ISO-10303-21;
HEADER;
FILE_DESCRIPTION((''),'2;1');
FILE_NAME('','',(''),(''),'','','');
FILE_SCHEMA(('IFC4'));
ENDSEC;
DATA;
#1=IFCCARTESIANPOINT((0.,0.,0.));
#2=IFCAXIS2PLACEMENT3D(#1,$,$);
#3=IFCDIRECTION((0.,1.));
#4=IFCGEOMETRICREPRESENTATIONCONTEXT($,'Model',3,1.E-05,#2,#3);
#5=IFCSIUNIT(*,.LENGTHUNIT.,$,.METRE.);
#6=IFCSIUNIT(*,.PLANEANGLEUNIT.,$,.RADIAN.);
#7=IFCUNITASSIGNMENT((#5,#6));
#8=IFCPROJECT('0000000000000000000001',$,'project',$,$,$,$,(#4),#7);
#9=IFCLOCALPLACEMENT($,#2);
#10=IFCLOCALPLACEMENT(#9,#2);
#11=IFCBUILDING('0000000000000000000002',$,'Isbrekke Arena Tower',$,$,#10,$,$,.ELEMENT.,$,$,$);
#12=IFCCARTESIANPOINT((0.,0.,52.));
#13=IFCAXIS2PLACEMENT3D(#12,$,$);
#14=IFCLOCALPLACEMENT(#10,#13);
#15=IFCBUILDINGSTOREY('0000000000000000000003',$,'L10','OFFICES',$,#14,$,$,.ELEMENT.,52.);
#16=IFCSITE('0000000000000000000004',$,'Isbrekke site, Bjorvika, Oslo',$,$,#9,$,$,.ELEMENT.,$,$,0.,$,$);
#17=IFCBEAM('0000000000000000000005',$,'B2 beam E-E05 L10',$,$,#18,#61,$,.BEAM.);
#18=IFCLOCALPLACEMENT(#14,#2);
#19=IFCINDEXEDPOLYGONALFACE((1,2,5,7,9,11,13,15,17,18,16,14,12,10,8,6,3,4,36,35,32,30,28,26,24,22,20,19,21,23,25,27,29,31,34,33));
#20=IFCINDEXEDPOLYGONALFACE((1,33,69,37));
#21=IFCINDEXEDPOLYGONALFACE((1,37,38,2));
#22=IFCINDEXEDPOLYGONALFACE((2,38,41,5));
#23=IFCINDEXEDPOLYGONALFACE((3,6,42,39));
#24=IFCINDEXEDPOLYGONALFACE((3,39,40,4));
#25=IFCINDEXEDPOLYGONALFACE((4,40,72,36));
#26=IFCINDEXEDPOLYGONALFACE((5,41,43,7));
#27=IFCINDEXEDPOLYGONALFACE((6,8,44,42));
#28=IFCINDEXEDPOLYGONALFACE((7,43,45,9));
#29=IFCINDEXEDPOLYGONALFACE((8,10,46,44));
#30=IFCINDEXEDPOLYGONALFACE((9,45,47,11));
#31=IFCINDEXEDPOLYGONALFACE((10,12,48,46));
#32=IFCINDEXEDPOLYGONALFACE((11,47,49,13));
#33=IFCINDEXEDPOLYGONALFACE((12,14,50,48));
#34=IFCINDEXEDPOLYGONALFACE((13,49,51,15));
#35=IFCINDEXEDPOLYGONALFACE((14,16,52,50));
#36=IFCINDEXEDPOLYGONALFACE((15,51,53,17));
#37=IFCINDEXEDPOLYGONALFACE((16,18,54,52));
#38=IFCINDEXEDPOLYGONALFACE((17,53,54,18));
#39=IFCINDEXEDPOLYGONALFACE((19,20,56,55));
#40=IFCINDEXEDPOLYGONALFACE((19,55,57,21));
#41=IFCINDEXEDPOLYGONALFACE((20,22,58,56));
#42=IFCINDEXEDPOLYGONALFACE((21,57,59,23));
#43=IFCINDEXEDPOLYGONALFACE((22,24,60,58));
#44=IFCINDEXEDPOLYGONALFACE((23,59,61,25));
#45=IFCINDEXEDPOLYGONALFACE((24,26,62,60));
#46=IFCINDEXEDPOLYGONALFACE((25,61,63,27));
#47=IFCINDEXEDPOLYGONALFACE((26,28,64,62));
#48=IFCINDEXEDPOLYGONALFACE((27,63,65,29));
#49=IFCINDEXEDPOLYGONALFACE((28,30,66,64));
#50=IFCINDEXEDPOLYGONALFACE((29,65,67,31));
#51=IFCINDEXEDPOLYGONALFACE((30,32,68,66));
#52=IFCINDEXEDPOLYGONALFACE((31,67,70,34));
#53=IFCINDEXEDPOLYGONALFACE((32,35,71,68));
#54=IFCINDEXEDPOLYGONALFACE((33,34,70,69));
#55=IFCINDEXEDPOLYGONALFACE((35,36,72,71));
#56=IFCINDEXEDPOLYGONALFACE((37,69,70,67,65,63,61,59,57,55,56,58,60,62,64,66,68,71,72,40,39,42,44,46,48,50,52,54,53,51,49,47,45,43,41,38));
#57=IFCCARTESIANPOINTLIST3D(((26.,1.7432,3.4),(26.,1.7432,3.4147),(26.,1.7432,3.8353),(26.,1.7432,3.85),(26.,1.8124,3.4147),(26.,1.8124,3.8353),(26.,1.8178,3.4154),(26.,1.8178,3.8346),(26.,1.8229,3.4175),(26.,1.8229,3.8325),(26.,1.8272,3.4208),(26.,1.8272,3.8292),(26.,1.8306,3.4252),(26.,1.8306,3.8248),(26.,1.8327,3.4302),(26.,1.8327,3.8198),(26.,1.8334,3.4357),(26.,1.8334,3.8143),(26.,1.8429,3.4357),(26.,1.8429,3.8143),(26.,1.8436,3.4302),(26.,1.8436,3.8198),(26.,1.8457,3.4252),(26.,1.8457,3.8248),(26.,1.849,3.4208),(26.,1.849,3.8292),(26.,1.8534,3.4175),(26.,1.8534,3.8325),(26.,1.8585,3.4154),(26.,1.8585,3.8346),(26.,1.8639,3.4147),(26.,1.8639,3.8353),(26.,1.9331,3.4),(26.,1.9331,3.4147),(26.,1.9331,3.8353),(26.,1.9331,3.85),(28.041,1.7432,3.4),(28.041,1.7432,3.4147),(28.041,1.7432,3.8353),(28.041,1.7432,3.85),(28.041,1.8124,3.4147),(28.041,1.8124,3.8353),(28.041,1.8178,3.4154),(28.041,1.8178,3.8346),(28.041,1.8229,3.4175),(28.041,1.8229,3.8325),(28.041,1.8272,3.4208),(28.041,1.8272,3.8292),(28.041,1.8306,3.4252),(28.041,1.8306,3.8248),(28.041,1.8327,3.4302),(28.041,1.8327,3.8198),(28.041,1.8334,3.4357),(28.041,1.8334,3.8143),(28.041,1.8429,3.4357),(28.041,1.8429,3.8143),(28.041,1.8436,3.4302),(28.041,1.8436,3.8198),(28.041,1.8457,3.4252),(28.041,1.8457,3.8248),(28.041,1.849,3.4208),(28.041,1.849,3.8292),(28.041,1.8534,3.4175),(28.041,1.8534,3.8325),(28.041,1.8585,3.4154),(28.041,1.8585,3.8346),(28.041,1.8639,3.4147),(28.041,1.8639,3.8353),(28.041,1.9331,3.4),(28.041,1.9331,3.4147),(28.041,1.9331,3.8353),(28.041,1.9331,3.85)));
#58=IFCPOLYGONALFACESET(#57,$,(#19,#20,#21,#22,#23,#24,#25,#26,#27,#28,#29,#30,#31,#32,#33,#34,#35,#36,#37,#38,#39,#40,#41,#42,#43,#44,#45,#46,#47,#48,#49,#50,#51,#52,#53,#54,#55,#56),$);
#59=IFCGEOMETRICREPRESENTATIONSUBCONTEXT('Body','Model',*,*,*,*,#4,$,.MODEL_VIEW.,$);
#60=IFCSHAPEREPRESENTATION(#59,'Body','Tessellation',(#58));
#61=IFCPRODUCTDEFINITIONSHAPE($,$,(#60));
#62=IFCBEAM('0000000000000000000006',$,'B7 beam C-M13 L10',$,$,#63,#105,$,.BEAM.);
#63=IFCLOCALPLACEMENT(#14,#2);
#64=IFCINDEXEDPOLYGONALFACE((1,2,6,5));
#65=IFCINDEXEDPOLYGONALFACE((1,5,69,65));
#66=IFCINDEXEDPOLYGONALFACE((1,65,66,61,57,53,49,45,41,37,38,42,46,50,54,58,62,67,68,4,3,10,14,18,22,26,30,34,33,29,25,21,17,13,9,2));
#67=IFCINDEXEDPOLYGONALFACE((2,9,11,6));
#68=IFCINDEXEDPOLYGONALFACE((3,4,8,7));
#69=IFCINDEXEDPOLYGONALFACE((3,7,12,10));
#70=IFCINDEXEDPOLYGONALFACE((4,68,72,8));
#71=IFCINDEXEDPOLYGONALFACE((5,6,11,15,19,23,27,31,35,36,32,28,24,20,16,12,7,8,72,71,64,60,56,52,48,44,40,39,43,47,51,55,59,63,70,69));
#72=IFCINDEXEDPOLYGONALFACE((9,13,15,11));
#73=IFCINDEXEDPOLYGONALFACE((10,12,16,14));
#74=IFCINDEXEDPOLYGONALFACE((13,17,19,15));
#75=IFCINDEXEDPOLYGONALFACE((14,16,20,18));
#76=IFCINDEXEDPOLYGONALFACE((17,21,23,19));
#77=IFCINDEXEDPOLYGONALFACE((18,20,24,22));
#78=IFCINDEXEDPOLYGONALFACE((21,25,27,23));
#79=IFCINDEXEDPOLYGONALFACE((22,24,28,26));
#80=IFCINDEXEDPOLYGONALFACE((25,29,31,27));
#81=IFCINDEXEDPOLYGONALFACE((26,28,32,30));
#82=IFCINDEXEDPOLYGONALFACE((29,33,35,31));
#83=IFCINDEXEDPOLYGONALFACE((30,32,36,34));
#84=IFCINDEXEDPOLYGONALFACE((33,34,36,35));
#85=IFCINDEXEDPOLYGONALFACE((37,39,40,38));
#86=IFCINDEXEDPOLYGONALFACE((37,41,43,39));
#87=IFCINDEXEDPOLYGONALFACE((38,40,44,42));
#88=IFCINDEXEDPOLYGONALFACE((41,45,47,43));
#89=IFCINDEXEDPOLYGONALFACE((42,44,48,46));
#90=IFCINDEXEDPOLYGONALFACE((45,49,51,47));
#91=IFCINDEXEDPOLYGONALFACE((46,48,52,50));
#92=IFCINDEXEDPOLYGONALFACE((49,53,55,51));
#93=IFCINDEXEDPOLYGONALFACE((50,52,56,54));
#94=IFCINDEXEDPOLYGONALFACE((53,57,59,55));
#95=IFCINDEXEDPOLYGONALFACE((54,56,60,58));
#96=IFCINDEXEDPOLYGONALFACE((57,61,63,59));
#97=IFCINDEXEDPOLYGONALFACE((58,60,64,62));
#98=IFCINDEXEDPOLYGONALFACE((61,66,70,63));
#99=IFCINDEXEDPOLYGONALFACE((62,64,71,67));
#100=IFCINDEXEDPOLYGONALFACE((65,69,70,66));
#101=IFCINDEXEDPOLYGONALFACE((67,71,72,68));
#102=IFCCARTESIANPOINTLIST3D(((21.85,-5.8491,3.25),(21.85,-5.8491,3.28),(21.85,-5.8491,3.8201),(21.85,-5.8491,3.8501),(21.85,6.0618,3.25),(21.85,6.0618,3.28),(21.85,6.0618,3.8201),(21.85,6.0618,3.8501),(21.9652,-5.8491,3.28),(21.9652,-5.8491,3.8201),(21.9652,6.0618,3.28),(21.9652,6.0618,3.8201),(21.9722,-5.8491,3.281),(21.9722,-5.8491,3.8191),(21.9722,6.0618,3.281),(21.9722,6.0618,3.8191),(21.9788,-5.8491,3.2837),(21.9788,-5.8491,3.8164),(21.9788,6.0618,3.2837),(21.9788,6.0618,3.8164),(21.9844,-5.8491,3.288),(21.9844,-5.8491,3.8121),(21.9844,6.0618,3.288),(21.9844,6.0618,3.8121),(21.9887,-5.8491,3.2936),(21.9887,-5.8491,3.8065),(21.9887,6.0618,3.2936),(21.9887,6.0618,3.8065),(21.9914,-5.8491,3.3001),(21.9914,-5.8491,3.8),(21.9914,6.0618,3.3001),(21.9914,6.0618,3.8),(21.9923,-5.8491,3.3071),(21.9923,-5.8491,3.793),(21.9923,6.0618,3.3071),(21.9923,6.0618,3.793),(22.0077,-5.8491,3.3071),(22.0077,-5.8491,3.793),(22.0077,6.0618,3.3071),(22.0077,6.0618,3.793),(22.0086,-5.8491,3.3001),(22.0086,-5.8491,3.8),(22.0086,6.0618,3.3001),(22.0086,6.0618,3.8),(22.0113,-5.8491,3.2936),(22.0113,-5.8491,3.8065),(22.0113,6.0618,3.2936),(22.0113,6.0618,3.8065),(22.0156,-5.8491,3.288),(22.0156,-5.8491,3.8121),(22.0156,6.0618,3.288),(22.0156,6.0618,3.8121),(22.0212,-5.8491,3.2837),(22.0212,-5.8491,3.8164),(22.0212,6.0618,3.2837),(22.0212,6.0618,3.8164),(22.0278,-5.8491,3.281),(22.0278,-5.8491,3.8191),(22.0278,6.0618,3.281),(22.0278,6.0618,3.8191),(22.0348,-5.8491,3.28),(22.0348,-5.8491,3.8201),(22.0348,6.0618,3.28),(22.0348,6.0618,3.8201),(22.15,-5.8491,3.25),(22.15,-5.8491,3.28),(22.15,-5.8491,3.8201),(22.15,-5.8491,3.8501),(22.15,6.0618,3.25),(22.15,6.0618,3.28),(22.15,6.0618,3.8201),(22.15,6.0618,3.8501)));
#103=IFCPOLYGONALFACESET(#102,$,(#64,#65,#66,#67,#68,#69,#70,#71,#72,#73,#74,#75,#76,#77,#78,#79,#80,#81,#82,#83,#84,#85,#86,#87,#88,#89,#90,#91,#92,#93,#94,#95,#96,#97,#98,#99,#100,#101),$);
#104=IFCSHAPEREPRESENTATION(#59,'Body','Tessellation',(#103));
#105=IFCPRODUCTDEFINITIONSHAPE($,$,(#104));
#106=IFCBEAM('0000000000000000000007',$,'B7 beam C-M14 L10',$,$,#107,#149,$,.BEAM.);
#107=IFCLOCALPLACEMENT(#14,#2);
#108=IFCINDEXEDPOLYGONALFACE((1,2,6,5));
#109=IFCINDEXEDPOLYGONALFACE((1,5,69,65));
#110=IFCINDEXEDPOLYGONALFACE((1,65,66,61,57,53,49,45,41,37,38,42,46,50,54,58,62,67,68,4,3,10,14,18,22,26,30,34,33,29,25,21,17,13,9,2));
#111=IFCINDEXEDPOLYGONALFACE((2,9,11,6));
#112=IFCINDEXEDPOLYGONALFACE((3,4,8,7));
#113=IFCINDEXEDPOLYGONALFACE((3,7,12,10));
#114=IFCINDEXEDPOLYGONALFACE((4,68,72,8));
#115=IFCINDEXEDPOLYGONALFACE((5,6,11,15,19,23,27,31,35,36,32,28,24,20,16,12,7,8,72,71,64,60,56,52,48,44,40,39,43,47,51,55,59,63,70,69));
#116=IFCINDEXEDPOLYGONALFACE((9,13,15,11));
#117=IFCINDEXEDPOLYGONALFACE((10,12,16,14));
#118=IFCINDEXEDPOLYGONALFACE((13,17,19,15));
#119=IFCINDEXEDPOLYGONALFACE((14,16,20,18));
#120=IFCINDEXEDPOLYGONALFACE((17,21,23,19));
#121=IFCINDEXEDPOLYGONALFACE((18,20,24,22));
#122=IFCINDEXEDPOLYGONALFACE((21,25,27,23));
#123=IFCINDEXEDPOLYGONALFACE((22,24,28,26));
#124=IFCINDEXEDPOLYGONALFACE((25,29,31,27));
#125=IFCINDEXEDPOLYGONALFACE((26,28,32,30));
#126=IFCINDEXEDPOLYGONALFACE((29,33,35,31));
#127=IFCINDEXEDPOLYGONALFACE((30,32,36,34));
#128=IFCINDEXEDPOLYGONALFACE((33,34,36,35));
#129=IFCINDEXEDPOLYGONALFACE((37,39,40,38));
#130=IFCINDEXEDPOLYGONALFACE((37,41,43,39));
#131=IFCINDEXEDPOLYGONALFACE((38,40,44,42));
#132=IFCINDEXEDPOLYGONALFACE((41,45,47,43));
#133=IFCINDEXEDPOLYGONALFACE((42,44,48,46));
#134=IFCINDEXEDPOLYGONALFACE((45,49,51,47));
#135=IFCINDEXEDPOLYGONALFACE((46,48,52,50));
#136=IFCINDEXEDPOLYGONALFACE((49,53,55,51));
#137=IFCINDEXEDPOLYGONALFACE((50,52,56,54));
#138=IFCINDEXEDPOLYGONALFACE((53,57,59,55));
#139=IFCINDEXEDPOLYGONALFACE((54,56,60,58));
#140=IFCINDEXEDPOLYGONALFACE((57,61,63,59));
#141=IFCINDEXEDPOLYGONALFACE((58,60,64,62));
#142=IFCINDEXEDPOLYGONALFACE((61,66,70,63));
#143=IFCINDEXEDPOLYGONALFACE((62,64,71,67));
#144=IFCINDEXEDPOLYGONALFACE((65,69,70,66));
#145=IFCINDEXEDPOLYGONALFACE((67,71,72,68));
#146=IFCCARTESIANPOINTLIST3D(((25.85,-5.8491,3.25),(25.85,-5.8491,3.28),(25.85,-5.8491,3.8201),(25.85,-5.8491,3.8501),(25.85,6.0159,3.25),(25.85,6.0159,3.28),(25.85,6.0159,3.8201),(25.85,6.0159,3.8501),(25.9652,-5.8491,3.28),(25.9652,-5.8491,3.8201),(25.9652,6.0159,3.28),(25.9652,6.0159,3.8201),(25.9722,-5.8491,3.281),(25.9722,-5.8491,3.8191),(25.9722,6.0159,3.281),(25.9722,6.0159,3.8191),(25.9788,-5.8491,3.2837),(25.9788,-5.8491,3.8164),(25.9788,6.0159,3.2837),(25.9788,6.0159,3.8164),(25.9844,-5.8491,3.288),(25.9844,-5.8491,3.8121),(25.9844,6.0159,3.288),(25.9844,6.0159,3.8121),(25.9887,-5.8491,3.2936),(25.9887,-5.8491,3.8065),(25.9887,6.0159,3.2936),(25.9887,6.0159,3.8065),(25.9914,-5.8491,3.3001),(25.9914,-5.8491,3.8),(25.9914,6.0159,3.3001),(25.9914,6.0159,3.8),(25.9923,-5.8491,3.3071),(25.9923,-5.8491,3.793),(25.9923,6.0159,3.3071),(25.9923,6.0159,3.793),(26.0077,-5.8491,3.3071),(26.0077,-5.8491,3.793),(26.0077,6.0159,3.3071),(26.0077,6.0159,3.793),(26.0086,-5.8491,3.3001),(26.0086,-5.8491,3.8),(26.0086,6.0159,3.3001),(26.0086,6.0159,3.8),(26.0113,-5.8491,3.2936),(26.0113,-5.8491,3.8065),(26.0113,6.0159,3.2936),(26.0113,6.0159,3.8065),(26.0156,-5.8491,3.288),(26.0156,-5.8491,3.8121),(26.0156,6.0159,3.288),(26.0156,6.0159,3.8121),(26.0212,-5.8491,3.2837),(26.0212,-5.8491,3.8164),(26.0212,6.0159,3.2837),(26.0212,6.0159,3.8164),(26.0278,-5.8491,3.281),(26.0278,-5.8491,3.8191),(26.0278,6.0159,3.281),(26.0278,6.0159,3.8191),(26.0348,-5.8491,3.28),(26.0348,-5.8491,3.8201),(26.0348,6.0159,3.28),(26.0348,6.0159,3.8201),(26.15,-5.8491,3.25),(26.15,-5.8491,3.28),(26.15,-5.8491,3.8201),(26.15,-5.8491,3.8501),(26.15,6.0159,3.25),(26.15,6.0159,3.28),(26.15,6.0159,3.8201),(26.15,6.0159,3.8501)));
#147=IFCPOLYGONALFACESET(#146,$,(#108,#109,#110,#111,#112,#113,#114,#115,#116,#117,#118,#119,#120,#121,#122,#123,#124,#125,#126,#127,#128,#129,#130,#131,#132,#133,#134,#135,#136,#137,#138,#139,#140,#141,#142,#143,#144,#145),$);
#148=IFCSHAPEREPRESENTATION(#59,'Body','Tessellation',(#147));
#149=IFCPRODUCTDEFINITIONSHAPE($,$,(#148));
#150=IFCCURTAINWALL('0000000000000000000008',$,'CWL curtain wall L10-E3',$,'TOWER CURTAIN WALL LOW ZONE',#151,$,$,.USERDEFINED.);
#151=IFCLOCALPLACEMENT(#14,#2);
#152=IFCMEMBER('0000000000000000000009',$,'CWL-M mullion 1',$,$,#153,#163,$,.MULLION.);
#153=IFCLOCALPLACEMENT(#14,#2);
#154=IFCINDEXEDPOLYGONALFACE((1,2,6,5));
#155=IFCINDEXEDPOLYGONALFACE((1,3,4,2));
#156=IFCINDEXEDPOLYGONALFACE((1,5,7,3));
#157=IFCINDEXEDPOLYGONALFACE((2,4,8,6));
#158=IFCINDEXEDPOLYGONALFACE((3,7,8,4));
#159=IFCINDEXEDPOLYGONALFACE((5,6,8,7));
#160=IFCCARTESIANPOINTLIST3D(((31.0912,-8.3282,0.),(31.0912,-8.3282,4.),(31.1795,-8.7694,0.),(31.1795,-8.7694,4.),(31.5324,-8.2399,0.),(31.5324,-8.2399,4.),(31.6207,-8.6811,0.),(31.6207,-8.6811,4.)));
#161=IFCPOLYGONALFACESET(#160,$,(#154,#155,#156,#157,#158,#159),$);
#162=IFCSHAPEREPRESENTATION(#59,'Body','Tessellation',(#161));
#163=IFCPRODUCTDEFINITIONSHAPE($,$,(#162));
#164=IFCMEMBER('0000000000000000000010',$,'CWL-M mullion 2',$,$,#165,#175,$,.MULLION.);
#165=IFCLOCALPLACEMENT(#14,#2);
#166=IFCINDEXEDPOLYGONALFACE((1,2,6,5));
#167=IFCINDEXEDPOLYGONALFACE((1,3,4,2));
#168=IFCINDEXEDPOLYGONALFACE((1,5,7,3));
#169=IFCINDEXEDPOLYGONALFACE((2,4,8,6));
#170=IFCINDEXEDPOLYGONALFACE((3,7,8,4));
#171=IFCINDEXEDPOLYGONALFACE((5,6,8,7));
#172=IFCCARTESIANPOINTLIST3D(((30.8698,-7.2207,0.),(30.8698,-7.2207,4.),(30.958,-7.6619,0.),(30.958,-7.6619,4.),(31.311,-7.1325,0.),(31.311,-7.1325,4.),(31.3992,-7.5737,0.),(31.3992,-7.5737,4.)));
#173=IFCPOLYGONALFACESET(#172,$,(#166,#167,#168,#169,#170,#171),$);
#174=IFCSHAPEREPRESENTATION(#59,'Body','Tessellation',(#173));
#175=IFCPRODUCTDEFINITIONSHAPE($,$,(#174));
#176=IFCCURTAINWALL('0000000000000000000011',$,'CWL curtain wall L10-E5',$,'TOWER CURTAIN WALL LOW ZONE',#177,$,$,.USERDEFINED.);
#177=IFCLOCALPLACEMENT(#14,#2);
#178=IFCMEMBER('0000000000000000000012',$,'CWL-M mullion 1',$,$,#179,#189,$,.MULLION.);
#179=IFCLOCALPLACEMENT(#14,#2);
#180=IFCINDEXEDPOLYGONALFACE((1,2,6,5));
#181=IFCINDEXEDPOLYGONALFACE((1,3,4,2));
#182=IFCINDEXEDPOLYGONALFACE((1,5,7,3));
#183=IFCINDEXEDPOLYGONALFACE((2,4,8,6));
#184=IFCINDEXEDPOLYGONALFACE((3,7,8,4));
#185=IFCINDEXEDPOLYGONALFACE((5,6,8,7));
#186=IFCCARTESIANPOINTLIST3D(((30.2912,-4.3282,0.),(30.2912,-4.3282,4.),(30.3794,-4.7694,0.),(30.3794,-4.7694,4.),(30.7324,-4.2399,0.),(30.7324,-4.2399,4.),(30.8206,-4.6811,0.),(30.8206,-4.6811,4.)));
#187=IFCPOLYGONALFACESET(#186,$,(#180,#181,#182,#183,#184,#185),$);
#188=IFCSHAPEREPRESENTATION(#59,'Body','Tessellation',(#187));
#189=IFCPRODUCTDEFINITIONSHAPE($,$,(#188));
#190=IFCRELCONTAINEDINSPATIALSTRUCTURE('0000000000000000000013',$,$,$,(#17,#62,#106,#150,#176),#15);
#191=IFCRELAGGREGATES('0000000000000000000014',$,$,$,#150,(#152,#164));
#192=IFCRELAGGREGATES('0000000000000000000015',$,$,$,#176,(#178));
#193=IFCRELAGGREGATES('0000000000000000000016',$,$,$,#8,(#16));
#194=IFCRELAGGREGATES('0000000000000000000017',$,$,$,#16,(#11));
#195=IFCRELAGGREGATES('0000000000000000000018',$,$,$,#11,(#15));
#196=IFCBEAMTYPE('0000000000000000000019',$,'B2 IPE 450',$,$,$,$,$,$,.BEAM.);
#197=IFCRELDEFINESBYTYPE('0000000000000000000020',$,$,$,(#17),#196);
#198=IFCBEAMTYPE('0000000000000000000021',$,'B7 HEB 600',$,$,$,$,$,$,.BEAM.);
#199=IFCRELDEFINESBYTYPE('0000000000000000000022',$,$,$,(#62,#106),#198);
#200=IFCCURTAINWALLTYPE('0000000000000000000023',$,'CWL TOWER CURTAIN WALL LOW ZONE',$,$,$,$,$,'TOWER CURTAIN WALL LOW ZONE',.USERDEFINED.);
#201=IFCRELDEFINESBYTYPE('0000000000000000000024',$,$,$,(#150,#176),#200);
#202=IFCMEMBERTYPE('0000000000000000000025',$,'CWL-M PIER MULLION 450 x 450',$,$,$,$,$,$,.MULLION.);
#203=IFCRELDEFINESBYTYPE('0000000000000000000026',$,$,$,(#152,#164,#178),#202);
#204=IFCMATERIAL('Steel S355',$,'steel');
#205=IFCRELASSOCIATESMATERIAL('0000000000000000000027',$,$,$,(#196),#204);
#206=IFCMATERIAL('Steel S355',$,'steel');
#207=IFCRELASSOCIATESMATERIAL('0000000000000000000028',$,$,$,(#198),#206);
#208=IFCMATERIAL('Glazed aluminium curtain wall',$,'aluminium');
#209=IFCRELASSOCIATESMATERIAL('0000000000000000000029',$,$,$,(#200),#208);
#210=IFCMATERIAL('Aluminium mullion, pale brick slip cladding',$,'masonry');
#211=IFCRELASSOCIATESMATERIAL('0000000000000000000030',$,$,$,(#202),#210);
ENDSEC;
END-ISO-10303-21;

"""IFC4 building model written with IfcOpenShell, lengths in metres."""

from ifc_helpers import new_model, si_unit, direction, frame, origin, origin_2d, place, context, subcontext, project, spatial, rectangle, i_section, extrude, material, material_profile, profile_set, type_object, element, aggregate, save


model = new_model("IFC4")

# Units and contexts
model_context = context("Model", 3, precision=1e-05, world=origin(), true_north=direction((0.0, 1.0)))
body_context = subcontext(model_context, "Body", "Model", "MODEL_VIEW")
ifc_project = project(units=[si_unit("LENGTHUNIT", "METRE"), si_unit("PLANEANGLEUNIT", "RADIAN")], contexts=[model_context])

# Site, building, storey
site_placement = place(None, origin())
site = spatial("IfcSite", under=ifc_project, at=site_placement, Name="Isbrekke site, Bjorvika, Oslo", CompositionType="ELEMENT", RefElevation=0.0)
building_placement = place(site_placement, origin())
building = spatial("IfcBuilding", under=site, at=building_placement, Name="Isbrekke Arena Tower", CompositionType="ELEMENT")
storey_placement = place(building_placement, frame((0.0, 0.0, 52.0)))
storey = spatial("IfcBuildingStorey", under=building, at=storey_placement, Name="L10", Description="OFFICES", CompositionType="ELEMENT", Elevation=52.0)

# Beams
ifc_material_1 = material(Name="Steel S355", Category="steel")
ifc_material_profile_1 = material_profile(ifc_material_1, i_section(OverallWidth=0.1899, OverallDepth=0.45, WebThickness=0.0095, FlangeThickness=0.0146, FilletRadius=0.021, at=origin_2d()), Name="IPE 450")
ifc_profile_set_1 = profile_set([ifc_material_profile_1], Name="Steel S355")
beam_type_1 = type_object("IfcBeamType", Name="B2 IPE 450", PredefinedType="BEAM", material=ifc_profile_set_1)
beam_1_placement = place(storey_placement, frame((28.041, 1.8381, 3.625), z_axis=(-1.0, 0.0, 0.0), x_axis=(0.0, -1.0, 0.0)))
element("IfcBeam", 1, at=beam_1_placement, inside=storey, type_object=beam_type_1, Name="B2 beam E-E05 L10", PredefinedType="BEAM", context=body_context, shape_type="SweptSolid", body=[
    extrude(i_section(OverallWidth=0.1899, OverallDepth=0.45, WebThickness=0.0095, FlangeThickness=0.0146, FilletRadius=0.021, at=origin_2d()), origin(), (0.0, 0.0, 1.0), 2.041),
])
ifc_material_2 = material(Name="Steel S355", Category="steel")
ifc_material_profile_2 = material_profile(ifc_material_2, i_section(OverallWidth=0.3, OverallDepth=0.6001, WebThickness=0.0154, FlangeThickness=0.03, FilletRadius=0.0271, at=origin_2d()), Name="HEB 600")
ifc_profile_set_2 = profile_set([ifc_material_profile_2], Name="Steel S355")
beam_type_2 = type_object("IfcBeamType", Name="B7 HEB 600", PredefinedType="BEAM", material=ifc_profile_set_2)
beam_2_placement = place(storey_placement, frame((22.0, -5.8491, 3.55), z_axis=(0.0, 1.0, 0.0), x_axis=(-1.0, 0.0, 0.0)))
element("IfcBeam", 2, at=beam_2_placement, inside=storey, type_object=beam_type_2, Name="B7 beam C-M13 L10", PredefinedType="BEAM", context=body_context, shape_type="SweptSolid", body=[
    extrude(i_section(OverallWidth=0.3, OverallDepth=0.6001, WebThickness=0.0154, FlangeThickness=0.03, FilletRadius=0.0271, at=origin_2d()), origin(), (0.0, 0.0, 1.0), 11.9109),
])
beam_3_placement = place(storey_placement, frame((26.0, -5.8491, 3.55), z_axis=(0.0, 1.0, 0.0), x_axis=(-1.0, 0.0, 0.0)))
element("IfcBeam", 3, at=beam_3_placement, inside=storey, type_object=beam_type_2, Name="B7 beam C-M14 L10", PredefinedType="BEAM", context=body_context, shape_type="SweptSolid", body=[
    extrude(i_section(OverallWidth=0.3, OverallDepth=0.6001, WebThickness=0.0154, FlangeThickness=0.03, FilletRadius=0.0271, at=origin_2d()), origin(), (0.0, 0.0, 1.0), 11.865),
])

# Curtain walls, members
ifc_material_3 = material(Name="Glazed aluminium curtain wall", Category="aluminium")
curtain_wall_type = type_object("IfcCurtainWallType", Name="CWL TOWER CURTAIN WALL LOW ZONE", ElementType="TOWER CURTAIN WALL LOW ZONE", PredefinedType="USERDEFINED", material=ifc_material_3)
curtain_wall_1_placement = place(storey_placement, origin())
curtain_wall_1 = element("IfcCurtainWall", 4, at=curtain_wall_1_placement, inside=storey, type_object=curtain_wall_type, Name="CWL curtain wall L10-E3", ObjectType="TOWER CURTAIN WALL LOW ZONE", PredefinedType="USERDEFINED")
ifc_material_4 = material(Name="Aluminium mullion, pale brick slip cladding", Category="masonry")
ifc_material_profile_3 = material_profile(ifc_material_4, rectangle(XDim=0.45, YDim=0.45, at=origin_2d()), Name="PIER 450X450")
ifc_profile_set_3 = profile_set([ifc_material_profile_3], Name="Aluminium mullion, pale brick slip cladding")
member_type_1 = type_object("IfcMemberType", Name="CWL-M PIER MULLION 450 x 450", PredefinedType="MULLION", material=ifc_profile_set_3)
member_1_placement = place(storey_placement, frame((31.356, -8.5046, 0.0), z_axis=(0.0, 0.0, 1.0), x_axis=(-0.196116, 0.980581, 0.0)))
member_1 = element("IfcMember", 5, at=member_1_placement, type_object=member_type_1, Name="CWL-M mullion 1", PredefinedType="MULLION", context=body_context, shape_type="SweptSolid", body=[
    extrude(rectangle(XDim=0.45, YDim=0.45, at=origin_2d()), origin(), (0.0, 0.0, 1.0), 4.0),
])
member_2_placement = place(storey_placement, frame((31.1345, -7.3972, 0.0), z_axis=(0.0, 0.0, 1.0), x_axis=(-0.196116, 0.980581, 0.0)))
member_2 = element("IfcMember", 6, at=member_2_placement, type_object=member_type_1, Name="CWL-M mullion 2", PredefinedType="MULLION", context=body_context, shape_type="SweptSolid", body=[
    extrude(rectangle(XDim=0.45, YDim=0.45, at=origin_2d()), origin(), (0.0, 0.0, 1.0), 4.0),
])
curtain_wall_2_placement = place(storey_placement, origin())
curtain_wall_2 = element("IfcCurtainWall", 7, at=curtain_wall_2_placement, inside=storey, type_object=curtain_wall_type, Name="CWL curtain wall L10-E5", ObjectType="TOWER CURTAIN WALL LOW ZONE", PredefinedType="USERDEFINED")
member_3_placement = place(storey_placement, frame((30.5559, -4.5046, 0.0), z_axis=(0.0, 0.0, 1.0), x_axis=(-0.196116, 0.980581, 0.0)))
member_3 = element("IfcMember", 8, at=member_3_placement, type_object=member_type_1, Name="CWL-M mullion 1", PredefinedType="MULLION", context=body_context, shape_type="SweptSolid", body=[
    extrude(rectangle(XDim=0.45, YDim=0.45, at=origin_2d()), origin(), (0.0, 0.0, 1.0), 4.0),
])

aggregate(curtain_wall_1, [member_1, member_2])
aggregate(curtain_wall_2, [member_3])

save(model, "model.ifc")
